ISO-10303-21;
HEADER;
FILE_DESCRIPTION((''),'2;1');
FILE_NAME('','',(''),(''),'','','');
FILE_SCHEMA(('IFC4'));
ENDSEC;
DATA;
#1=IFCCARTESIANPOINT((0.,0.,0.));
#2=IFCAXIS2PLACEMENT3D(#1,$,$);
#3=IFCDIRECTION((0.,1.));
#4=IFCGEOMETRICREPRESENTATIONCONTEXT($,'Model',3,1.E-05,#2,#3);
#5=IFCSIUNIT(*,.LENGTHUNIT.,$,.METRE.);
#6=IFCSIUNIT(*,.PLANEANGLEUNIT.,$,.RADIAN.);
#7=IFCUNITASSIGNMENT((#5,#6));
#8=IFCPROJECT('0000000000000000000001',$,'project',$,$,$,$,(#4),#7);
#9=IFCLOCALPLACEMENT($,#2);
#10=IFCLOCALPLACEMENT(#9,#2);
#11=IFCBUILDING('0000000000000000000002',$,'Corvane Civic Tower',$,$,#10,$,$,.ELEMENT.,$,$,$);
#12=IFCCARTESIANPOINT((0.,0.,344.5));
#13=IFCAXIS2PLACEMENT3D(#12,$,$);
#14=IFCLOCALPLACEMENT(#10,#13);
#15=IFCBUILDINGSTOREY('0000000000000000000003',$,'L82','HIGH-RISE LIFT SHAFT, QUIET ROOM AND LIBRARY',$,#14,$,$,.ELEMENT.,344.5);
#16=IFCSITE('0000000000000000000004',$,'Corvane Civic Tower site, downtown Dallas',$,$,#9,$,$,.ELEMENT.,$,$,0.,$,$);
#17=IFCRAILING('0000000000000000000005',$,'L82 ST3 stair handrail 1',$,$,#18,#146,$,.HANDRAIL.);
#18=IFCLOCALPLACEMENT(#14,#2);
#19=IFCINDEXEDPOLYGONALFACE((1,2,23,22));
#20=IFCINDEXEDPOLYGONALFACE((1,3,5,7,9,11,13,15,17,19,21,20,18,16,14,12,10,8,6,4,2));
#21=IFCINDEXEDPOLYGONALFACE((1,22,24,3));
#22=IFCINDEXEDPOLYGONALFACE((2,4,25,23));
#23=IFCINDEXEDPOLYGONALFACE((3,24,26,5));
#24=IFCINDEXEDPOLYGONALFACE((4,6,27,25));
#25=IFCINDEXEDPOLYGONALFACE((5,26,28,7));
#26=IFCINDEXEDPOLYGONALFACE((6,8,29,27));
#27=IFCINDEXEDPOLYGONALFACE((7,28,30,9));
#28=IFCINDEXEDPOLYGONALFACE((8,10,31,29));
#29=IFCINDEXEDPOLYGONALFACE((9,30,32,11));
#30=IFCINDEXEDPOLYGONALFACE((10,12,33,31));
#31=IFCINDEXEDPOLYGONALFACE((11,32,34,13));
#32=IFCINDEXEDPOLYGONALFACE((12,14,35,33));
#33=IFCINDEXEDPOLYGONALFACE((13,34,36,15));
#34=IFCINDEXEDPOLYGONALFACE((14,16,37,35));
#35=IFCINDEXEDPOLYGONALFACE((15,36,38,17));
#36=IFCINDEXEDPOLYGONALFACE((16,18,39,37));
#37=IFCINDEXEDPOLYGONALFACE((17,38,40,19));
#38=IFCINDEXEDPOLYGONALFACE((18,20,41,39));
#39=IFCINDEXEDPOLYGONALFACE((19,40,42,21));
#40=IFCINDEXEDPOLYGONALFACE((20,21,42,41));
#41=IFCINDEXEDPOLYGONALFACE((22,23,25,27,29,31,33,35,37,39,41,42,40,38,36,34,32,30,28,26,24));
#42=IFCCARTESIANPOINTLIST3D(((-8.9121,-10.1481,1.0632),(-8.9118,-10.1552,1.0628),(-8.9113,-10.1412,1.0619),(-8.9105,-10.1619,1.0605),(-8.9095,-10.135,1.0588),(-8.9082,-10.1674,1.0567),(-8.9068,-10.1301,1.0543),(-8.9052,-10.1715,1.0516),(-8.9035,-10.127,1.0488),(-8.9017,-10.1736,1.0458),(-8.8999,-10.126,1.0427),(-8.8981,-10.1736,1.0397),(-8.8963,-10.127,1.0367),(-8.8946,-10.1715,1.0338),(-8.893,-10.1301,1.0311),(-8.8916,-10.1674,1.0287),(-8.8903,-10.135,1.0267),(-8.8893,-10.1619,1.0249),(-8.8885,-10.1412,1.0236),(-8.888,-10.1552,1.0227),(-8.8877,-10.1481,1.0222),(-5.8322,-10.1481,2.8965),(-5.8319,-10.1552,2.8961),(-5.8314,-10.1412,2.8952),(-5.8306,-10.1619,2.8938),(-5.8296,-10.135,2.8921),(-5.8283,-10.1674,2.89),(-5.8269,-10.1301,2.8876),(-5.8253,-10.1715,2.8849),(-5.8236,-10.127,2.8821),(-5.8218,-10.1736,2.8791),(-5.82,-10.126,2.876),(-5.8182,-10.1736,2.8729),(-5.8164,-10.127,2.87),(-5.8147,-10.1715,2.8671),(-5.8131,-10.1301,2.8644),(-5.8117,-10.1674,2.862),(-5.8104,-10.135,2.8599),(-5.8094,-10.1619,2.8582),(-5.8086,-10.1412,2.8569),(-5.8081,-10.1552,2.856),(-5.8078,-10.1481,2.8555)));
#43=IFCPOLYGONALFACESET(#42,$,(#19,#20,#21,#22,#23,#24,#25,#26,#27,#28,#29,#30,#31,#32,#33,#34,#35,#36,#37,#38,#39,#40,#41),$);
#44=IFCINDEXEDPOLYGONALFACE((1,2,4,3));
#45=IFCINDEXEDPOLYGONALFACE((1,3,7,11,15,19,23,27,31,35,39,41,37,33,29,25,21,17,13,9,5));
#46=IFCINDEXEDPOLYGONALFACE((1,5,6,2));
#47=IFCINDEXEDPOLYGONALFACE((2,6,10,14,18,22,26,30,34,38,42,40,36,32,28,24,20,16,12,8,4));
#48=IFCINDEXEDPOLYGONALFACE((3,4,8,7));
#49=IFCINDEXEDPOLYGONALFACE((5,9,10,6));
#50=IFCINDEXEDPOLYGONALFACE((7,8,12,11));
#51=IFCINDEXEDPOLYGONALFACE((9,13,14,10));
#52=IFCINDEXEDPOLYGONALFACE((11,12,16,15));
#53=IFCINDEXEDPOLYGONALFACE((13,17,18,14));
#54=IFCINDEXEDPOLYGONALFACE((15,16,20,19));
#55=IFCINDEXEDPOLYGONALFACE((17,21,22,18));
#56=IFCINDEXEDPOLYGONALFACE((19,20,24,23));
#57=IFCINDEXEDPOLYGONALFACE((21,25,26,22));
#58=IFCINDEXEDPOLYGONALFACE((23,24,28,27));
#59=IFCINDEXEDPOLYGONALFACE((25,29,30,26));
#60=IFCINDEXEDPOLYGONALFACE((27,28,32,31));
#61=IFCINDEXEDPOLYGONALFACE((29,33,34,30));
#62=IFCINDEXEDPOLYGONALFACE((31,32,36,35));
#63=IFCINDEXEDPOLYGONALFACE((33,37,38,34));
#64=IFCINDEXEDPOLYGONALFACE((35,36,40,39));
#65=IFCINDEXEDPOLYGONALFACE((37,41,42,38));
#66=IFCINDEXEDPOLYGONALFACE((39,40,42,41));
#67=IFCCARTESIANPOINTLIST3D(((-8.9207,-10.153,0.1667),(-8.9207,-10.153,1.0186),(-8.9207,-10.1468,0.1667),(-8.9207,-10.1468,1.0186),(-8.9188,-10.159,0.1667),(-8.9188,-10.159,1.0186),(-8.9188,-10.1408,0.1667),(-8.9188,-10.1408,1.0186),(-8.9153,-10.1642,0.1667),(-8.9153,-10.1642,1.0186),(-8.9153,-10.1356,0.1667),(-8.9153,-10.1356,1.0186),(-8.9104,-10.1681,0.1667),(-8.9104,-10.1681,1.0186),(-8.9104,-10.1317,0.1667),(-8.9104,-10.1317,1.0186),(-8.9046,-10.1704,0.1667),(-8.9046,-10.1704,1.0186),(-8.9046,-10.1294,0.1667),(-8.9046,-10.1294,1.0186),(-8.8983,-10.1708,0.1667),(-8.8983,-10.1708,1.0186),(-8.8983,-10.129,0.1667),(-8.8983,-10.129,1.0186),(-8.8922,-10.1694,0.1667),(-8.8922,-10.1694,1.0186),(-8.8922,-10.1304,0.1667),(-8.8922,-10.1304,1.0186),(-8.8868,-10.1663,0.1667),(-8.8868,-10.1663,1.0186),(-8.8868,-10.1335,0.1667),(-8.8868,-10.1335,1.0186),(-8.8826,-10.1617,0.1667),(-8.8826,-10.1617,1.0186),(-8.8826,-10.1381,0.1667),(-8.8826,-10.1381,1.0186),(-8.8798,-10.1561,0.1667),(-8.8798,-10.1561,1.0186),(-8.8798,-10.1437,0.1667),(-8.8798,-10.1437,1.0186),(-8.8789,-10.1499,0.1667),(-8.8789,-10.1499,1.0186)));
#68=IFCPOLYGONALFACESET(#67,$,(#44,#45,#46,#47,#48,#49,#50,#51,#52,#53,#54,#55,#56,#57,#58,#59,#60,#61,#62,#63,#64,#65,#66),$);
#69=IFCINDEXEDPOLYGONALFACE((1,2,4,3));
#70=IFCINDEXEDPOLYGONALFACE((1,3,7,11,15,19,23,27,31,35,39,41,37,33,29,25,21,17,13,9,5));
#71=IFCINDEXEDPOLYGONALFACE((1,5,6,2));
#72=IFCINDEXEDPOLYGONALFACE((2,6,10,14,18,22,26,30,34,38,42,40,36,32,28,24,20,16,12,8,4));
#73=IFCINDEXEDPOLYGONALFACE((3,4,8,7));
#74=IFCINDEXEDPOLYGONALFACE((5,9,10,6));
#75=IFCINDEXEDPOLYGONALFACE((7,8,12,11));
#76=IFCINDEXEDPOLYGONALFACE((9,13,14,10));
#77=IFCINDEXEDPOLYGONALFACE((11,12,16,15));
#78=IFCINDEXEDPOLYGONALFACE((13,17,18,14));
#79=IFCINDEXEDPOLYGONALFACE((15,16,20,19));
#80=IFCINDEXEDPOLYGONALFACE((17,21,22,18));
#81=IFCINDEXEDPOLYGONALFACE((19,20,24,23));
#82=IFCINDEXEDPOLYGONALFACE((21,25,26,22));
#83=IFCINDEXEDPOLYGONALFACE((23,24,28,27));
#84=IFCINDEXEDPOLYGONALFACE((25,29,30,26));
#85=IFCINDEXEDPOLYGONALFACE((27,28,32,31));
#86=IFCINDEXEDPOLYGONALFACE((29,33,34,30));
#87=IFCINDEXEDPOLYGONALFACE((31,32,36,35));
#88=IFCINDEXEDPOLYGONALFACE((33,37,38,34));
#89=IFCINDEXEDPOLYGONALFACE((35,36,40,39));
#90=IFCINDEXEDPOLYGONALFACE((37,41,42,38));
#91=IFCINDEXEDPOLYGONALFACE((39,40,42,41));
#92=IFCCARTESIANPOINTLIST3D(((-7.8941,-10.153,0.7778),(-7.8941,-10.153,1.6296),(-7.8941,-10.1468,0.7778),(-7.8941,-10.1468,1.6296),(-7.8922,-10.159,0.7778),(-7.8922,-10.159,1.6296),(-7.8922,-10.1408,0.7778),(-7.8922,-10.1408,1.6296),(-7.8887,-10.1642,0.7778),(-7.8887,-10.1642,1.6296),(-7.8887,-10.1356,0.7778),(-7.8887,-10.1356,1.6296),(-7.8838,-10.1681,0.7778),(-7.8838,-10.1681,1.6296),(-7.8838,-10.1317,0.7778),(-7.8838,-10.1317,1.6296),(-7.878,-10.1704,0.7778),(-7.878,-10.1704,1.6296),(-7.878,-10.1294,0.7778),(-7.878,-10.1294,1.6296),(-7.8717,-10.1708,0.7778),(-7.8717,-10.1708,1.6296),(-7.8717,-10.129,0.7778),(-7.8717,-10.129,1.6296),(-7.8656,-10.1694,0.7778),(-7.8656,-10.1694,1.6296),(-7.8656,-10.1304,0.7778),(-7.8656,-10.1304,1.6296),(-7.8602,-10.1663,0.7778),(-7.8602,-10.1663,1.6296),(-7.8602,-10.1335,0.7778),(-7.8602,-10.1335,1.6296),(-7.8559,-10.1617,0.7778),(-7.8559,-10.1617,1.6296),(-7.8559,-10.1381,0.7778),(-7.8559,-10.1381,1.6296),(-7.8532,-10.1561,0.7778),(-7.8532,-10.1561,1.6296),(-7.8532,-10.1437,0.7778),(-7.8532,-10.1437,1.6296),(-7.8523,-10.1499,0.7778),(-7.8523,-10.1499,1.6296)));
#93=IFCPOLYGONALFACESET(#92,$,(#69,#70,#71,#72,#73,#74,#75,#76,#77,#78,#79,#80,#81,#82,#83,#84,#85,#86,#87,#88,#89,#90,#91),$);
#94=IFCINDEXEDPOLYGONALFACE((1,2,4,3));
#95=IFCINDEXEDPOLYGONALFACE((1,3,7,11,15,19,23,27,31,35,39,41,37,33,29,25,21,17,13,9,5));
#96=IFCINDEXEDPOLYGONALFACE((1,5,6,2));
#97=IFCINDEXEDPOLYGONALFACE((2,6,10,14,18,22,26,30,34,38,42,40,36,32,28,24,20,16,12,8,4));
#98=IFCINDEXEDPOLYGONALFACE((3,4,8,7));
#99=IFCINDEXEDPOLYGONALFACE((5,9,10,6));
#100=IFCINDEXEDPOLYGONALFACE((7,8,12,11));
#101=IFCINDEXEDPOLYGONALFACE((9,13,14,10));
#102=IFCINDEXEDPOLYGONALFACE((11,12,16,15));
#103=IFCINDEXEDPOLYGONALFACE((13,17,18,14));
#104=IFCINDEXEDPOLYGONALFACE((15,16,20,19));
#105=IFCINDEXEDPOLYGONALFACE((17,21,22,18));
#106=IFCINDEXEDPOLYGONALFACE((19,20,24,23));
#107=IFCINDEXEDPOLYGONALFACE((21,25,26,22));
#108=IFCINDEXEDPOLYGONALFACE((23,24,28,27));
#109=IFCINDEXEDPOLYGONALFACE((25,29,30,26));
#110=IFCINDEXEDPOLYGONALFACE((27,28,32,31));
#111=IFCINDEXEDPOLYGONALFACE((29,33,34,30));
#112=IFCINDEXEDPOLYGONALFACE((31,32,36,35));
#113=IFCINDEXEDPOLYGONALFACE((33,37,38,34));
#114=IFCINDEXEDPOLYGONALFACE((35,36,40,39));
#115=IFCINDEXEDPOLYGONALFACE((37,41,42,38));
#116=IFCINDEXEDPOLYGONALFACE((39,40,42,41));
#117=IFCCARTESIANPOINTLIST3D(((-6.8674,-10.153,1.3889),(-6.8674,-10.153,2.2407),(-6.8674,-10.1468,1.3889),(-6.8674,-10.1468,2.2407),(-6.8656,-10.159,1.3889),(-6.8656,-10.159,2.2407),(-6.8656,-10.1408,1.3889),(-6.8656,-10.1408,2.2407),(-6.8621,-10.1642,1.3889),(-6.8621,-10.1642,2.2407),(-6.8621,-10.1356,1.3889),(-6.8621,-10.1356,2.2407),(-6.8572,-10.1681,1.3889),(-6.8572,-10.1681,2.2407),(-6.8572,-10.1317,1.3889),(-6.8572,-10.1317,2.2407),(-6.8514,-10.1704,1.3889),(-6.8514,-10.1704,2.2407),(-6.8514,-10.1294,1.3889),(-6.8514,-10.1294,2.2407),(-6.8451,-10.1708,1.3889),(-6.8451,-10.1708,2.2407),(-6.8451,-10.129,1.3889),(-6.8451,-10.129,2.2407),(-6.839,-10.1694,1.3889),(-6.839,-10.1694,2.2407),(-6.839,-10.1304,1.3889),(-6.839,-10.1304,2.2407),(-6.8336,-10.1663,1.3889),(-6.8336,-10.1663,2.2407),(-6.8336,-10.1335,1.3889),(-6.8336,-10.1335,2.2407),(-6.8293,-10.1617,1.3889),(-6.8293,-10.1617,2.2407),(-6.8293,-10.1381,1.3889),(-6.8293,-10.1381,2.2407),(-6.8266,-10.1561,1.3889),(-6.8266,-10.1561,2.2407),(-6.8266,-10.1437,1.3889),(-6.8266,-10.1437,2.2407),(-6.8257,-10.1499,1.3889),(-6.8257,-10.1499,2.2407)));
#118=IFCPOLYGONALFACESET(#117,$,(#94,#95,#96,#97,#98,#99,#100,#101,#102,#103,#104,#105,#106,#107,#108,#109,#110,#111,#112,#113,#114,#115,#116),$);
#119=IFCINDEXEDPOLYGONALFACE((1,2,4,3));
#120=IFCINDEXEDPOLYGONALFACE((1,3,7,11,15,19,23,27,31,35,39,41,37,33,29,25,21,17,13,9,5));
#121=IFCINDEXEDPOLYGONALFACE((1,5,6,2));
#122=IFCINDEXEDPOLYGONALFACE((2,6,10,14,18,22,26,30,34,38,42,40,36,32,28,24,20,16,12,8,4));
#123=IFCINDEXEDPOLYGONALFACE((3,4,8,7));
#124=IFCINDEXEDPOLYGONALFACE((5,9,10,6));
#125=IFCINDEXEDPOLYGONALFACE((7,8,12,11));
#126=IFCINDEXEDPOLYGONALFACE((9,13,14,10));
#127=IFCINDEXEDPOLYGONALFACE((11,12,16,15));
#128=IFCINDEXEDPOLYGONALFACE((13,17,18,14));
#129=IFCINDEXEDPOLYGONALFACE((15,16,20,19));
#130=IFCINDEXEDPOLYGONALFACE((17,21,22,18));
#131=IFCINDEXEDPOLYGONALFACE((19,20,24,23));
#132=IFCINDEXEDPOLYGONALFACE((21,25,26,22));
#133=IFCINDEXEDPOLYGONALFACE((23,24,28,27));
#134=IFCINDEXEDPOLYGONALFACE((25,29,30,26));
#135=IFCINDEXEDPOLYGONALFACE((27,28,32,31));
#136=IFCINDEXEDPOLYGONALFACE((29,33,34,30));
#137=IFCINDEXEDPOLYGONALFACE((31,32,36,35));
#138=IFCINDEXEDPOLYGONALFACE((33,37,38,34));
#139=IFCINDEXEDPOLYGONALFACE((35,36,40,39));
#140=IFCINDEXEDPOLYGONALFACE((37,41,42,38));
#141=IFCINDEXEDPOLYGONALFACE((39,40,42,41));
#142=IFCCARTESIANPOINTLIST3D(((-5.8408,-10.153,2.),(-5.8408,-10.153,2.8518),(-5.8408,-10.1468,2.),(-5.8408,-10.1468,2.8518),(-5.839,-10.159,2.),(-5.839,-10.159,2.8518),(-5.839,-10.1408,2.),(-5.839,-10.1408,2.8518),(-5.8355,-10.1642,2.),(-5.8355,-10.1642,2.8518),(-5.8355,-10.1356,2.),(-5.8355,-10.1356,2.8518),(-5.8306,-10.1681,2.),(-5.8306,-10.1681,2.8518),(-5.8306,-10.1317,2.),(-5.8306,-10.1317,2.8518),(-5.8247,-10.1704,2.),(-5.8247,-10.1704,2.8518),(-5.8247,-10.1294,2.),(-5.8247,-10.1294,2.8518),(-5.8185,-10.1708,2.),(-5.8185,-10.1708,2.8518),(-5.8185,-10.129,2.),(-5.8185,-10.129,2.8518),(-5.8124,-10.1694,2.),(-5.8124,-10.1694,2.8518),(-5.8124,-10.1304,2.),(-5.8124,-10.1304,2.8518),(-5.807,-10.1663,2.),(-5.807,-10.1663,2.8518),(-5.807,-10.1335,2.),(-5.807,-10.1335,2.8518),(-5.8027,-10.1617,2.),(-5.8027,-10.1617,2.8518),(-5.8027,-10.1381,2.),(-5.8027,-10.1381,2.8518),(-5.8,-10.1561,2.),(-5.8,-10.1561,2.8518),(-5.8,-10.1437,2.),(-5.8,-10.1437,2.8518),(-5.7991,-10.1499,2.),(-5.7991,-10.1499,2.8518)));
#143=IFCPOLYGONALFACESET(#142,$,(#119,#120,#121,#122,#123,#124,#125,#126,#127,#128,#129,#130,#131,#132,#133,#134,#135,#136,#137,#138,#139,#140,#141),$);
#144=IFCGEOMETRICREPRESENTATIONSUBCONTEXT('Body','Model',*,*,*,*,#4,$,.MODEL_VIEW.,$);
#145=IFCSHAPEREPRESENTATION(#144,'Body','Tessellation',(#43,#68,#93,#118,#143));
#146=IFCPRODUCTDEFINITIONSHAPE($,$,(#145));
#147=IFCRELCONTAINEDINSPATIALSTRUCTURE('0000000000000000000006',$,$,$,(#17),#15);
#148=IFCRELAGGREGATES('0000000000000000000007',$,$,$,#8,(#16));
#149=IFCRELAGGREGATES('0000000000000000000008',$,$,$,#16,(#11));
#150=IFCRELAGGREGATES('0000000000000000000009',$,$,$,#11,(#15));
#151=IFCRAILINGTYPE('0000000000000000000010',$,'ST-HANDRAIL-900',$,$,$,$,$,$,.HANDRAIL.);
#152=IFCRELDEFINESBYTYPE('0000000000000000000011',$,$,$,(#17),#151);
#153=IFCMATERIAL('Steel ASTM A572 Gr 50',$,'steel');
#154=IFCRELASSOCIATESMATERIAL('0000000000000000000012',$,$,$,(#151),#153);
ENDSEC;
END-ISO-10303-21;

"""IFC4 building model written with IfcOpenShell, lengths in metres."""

from ifc_helpers import new_model, si_unit, direction, frame, origin, origin_2d, place, context, subcontext, project, spatial, circle, extrude, material, type_object, element, save


model = new_model("IFC4")

# Units and contexts
model_context = context("Model", 3, precision=1e-05, world=origin(), true_north=direction((0.0, 1.0)))
body_context = subcontext(model_context, "Body", "Model", "MODEL_VIEW")
ifc_project = project(units=[si_unit("LENGTHUNIT", "METRE"), si_unit("PLANEANGLEUNIT", "RADIAN")], contexts=[model_context])

# Site, building, storey
site_placement = place(None, origin())
site = spatial("IfcSite", under=ifc_project, at=site_placement, Name="Corvane Civic Tower site, downtown Dallas", CompositionType="ELEMENT", RefElevation=0.0)
building_placement = place(site_placement, origin())
building = spatial("IfcBuilding", under=site, at=building_placement, Name="Corvane Civic Tower", CompositionType="ELEMENT")
storey_placement = place(building_placement, frame((0.0, 0.0, 344.5)))
storey = spatial("IfcBuildingStorey", under=building, at=storey_placement, Name="L82", Description="HIGH-RISE LIFT SHAFT, QUIET ROOM AND LIBRARY", CompositionType="ELEMENT", Elevation=344.5)

# Railing
ifc_material_1 = material(Name="Steel ASTM A572 Gr 50", Category="steel")
railing_type_1 = type_object("IfcRailingType", Name="ST-HANDRAIL-900", PredefinedType="HANDRAIL", material=ifc_material_1)
railing_1_placement = place(storey_placement, frame((-8.8999, -10.1499, 0.1667)))
element("IfcRailing", 1, at=railing_1_placement, inside=storey, type_object=railing_type_1, Name="L82 ST3 stair handrail 1", PredefinedType="HANDRAIL", context=body_context, shape_type="SweptSolid", body=[
    extrude(circle(Radius=0.0239, at=origin_2d()), frame((0.0, 0.0, 0.876), z_axis=(0.859291, 0.0, 0.511487), x_axis=(0.0, 1.0, 0.0)), (0.0, 0.0, 1.0), 3.5842),
    extrude(circle(Radius=0.021, at=origin_2d()), origin(), (0.0, 0.0, 1.0), 0.8518),
    extrude(circle(Radius=0.021, at=origin_2d()), frame((1.0266, 0.0, 0.6111)), (0.0, 0.0, 1.0), 0.8518),
    extrude(circle(Radius=0.021, at=origin_2d()), frame((2.0532, 0.0, 1.2222)), (0.0, 0.0, 1.0), 0.8518),
    extrude(circle(Radius=0.021, at=origin_2d()), frame((3.0798, 0.0, 1.8333)), (0.0, 0.0, 1.0), 0.8518),
])

save(model, "model.ifc")
